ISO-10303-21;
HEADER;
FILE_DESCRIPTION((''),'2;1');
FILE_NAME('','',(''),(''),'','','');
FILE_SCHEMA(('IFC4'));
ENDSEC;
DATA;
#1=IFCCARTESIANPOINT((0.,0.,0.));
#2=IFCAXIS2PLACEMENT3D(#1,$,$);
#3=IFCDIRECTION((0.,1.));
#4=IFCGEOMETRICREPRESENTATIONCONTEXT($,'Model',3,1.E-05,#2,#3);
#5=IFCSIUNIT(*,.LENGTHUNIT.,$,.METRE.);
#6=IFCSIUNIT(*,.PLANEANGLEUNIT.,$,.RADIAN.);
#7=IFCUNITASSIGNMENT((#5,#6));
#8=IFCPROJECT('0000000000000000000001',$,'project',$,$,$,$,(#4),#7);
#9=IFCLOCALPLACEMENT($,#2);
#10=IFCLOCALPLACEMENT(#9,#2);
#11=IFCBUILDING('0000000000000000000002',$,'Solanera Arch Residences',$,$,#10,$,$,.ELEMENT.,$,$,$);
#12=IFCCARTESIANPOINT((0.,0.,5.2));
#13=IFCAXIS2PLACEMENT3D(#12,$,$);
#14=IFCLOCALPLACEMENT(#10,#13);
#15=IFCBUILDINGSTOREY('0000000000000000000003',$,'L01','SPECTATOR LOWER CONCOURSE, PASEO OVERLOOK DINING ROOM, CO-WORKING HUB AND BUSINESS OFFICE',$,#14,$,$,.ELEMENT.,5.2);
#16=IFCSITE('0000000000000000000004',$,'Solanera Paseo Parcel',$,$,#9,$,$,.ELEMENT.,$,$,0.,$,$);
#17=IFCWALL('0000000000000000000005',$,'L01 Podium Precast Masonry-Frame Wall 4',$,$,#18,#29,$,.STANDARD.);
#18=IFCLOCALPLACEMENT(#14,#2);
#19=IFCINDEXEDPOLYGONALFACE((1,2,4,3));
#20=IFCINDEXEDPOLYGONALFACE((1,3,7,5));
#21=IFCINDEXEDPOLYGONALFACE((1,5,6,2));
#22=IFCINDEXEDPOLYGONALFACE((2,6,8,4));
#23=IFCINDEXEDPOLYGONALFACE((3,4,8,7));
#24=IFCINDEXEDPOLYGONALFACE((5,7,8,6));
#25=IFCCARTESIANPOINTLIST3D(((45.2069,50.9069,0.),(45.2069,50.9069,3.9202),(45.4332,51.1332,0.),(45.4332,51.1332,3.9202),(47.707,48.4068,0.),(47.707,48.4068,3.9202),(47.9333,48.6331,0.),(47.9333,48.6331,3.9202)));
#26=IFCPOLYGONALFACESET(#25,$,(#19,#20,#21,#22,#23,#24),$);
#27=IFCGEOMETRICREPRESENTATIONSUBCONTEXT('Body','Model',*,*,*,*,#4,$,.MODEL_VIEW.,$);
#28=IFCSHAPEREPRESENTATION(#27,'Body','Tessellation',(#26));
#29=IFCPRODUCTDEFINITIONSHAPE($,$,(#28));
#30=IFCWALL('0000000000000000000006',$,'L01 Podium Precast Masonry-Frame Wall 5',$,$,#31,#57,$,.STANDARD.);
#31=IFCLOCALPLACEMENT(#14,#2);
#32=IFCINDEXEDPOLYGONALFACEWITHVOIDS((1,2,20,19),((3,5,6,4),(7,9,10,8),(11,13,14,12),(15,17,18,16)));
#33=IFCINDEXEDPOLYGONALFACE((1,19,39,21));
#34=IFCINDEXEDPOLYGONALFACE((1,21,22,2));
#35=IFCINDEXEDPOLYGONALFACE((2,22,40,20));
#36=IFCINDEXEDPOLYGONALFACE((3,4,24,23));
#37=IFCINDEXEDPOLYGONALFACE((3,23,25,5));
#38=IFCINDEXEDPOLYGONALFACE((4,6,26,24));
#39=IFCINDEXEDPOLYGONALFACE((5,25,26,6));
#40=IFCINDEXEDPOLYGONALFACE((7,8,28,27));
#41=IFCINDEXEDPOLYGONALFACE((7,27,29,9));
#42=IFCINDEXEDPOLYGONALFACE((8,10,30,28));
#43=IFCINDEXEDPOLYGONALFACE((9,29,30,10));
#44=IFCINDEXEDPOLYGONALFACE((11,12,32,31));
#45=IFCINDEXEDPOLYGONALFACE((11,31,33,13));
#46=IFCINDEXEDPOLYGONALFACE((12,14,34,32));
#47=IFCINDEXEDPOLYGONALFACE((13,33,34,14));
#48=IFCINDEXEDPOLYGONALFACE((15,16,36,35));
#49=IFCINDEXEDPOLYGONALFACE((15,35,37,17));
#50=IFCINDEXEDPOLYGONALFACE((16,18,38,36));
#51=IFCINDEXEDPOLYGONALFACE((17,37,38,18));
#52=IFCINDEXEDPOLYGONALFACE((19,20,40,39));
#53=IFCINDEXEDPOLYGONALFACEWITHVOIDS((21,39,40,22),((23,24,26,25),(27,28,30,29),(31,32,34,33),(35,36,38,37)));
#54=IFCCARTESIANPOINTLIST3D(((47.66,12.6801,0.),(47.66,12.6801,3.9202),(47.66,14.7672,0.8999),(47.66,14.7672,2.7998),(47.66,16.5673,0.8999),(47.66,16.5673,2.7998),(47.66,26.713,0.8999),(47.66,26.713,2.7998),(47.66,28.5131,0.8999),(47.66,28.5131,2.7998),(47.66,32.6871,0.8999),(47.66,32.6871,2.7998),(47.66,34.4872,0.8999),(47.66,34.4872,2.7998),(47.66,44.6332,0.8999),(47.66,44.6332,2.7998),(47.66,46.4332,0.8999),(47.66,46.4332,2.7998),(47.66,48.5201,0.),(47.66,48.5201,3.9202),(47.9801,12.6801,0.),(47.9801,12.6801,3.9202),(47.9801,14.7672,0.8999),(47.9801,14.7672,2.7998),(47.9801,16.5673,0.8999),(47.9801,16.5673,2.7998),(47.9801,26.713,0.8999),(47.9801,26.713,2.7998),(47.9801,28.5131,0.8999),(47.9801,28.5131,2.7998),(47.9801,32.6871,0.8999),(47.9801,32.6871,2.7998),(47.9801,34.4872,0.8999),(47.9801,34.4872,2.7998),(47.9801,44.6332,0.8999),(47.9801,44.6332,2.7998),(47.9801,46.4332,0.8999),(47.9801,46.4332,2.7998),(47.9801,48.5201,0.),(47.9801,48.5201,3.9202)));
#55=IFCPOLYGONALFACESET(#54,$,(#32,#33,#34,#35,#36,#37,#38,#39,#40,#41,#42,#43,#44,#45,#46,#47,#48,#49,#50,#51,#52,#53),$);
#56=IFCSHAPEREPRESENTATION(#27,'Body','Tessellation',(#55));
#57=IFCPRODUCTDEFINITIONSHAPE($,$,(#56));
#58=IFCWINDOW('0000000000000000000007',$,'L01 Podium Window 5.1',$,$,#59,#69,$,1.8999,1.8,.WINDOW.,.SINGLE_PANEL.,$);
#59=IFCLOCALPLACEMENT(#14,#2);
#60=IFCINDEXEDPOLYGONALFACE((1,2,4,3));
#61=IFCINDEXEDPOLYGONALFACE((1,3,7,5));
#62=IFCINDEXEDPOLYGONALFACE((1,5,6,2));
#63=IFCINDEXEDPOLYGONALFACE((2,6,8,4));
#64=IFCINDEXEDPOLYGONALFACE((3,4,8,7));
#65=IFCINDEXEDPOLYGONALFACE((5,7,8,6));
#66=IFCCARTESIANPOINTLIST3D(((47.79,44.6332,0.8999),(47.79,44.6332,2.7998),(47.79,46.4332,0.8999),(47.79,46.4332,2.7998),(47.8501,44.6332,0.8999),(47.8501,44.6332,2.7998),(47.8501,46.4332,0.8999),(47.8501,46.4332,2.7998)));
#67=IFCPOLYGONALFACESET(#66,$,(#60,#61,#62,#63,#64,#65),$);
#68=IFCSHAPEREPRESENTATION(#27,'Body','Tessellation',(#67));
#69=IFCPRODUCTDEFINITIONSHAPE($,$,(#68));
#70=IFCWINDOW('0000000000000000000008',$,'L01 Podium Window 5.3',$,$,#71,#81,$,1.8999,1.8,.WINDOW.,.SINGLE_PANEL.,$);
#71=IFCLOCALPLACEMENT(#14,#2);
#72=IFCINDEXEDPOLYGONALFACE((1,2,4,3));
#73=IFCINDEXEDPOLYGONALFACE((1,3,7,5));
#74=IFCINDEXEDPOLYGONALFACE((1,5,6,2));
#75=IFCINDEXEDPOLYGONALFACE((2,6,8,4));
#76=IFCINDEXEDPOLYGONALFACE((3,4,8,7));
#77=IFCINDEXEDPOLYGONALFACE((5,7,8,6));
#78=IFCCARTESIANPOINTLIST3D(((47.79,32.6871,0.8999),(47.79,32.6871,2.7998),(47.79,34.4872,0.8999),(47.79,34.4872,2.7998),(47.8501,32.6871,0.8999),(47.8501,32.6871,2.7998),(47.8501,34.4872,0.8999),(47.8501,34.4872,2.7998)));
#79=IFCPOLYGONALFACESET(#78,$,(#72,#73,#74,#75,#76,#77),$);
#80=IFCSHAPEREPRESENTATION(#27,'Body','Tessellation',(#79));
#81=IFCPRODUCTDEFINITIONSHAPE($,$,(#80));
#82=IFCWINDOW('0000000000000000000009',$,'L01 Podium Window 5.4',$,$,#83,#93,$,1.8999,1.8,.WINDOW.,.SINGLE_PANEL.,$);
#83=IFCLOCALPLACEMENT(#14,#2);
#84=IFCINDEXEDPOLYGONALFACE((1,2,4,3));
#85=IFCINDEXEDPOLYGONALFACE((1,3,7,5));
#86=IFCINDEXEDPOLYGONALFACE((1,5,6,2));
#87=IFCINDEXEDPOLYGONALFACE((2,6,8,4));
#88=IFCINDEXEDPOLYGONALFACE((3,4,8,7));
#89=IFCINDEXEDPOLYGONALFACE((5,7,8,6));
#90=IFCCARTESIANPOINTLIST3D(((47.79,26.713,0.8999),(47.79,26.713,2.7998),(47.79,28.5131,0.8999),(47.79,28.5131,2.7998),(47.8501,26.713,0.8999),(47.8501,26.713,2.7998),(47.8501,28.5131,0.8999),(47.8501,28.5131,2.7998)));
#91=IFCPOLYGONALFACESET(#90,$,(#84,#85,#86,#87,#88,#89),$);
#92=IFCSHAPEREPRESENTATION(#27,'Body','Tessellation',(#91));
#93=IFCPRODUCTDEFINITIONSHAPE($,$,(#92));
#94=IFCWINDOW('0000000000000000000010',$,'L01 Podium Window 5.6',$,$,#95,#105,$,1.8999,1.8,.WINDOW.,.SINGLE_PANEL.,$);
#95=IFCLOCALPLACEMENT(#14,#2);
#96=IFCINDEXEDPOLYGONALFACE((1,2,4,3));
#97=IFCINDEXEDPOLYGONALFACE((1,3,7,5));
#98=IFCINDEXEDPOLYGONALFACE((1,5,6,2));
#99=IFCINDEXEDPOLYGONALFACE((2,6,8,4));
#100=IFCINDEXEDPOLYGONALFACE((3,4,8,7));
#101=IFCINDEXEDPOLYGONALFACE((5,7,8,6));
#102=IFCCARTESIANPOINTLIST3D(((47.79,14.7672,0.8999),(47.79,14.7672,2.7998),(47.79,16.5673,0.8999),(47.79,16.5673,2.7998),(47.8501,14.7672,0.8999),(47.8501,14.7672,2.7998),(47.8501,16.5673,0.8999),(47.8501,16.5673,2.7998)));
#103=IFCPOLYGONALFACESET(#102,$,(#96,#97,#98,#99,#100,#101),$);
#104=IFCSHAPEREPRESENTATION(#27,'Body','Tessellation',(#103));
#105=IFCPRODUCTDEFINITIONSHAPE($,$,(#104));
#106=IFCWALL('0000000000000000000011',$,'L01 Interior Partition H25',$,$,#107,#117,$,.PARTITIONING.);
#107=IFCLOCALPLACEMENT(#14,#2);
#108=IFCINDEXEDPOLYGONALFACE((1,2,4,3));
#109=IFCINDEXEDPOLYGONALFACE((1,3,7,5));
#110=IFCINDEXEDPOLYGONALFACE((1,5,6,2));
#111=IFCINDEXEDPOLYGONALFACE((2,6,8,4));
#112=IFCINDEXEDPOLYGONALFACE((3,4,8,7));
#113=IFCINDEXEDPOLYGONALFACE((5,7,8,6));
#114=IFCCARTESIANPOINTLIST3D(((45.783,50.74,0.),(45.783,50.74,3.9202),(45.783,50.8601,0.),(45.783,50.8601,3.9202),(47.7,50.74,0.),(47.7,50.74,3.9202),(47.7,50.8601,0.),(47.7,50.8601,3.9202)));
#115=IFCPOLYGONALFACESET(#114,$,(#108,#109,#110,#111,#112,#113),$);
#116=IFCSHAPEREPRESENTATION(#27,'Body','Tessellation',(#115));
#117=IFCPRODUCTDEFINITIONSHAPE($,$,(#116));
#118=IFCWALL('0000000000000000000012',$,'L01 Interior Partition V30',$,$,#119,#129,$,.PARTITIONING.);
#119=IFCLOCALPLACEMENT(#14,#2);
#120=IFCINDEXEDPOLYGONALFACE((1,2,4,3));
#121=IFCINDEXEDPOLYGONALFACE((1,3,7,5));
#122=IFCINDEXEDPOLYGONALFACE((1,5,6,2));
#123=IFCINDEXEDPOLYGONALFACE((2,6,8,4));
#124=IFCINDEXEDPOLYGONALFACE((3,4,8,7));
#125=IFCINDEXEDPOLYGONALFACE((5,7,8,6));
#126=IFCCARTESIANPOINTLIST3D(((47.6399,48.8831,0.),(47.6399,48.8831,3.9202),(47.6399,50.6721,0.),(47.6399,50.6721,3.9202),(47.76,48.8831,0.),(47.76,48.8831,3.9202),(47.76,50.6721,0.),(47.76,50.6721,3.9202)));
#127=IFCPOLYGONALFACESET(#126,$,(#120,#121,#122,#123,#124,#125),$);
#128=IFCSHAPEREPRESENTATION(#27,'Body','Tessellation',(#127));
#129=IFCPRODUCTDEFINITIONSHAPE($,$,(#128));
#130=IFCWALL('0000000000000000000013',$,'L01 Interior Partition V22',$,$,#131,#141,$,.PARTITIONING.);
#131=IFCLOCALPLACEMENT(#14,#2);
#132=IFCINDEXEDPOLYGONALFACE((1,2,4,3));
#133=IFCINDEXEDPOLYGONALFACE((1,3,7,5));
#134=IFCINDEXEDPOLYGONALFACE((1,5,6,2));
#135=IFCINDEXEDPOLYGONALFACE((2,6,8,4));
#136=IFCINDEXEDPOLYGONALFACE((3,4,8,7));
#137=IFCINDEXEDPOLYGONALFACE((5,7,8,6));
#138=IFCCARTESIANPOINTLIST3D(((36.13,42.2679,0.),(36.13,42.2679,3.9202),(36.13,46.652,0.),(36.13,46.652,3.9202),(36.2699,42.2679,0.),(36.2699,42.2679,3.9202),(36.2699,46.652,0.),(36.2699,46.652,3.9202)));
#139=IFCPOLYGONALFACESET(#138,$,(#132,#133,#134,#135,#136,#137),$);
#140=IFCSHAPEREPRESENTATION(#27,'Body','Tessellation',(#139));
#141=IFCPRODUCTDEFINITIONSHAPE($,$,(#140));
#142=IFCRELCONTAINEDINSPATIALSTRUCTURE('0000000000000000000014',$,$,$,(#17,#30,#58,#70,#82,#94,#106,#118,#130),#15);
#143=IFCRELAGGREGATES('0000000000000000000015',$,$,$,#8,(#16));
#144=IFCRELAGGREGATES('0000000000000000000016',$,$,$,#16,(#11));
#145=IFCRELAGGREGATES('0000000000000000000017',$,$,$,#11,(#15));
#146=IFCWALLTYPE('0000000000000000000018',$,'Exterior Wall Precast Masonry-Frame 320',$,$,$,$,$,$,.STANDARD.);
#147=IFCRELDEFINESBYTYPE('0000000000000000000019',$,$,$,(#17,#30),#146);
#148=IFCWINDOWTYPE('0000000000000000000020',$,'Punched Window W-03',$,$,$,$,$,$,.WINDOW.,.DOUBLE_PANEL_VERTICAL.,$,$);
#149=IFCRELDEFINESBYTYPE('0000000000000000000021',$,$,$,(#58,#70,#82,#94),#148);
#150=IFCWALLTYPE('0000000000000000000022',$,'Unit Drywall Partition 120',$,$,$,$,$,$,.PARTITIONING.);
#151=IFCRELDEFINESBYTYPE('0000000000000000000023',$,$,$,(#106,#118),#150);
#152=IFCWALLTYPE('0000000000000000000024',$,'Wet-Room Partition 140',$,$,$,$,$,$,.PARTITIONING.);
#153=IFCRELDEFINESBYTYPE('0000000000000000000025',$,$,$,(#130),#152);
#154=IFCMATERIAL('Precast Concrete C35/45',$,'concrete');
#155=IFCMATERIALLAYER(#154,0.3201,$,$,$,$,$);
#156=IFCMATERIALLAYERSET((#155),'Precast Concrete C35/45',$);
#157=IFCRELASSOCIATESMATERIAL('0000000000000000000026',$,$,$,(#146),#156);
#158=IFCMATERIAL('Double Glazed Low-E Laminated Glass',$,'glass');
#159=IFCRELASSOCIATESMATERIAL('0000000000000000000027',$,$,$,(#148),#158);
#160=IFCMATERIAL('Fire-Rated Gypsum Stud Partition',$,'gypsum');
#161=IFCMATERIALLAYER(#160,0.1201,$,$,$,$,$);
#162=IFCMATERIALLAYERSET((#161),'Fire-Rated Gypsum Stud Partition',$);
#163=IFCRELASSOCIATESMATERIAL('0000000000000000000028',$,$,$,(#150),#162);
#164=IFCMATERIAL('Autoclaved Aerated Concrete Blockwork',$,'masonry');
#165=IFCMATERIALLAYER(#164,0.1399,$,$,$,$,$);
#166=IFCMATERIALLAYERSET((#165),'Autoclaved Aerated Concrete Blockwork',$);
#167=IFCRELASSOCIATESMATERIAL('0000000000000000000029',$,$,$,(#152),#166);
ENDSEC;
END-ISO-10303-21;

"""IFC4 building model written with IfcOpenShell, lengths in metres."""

from ifc_helpers import new_model, si_unit, direction, frame, frame_2d, origin, place, context, subcontext, project, spatial, rectangle, extrude, material, layer, layer_set, type_object, element, fill, save


model = new_model("IFC4")

# Units and contexts
model_context = context("Model", 3, precision=1e-05, world=origin(), true_north=direction((0.0, 1.0)))
body_context = subcontext(model_context, "Body", "Model", "MODEL_VIEW")
ifc_project = project(units=[si_unit("LENGTHUNIT", "METRE"), si_unit("PLANEANGLEUNIT", "RADIAN")], contexts=[model_context])

# Site, building, storey
site_placement = place(None, origin())
site = spatial("IfcSite", under=ifc_project, at=site_placement, Name="Solanera Paseo Parcel", CompositionType="ELEMENT", RefElevation=0.0)
building_placement = place(site_placement, origin())
building = spatial("IfcBuilding", under=site, at=building_placement, Name="Solanera Arch Residences", CompositionType="ELEMENT")
storey_placement = place(building_placement, frame((0.0, 0.0, 5.2)))
storey = spatial("IfcBuildingStorey", under=building, at=storey_placement, Name="L01", Description="SPECTATOR LOWER CONCOURSE, PASEO OVERLOOK DINING ROOM, CO-WORKING HUB AND BUSINESS OFFICE", CompositionType="ELEMENT", Elevation=5.2)

# Wall
ifc_material_1 = material(Name="Precast Concrete C35/45", Category="concrete")
ifc_layer_1 = layer(ifc_material_1, 0.3201)
ifc_layer_set_1 = layer_set([ifc_layer_1], Name="Precast Concrete C35/45")
wall_type_1 = type_object("IfcWallType", Name="Exterior Wall Precast Masonry-Frame 320", PredefinedType="STANDARD", material=ifc_layer_set_1)
wall_1_placement = place(storey_placement, frame((45.3201, 51.02, 0.0), z_axis=(0.0, 0.0, 1.0), x_axis=(0.707107, -0.707107, 0.0)))
element("IfcWall", 1, at=wall_1_placement, inside=storey, type_object=wall_type_1, Name="L01 Podium Precast Masonry-Frame Wall 4", PredefinedType="STANDARD", context=body_context, shape_type="SweptSolid", body=[
    extrude(rectangle(XDim=3.5356, YDim=0.3201, at=frame_2d((1.7678, 0.0))), origin(), (0.0, 0.0, 1.0), 3.9202),
])

# Wall, openings, windows
wall_2_placement = place(storey_placement, frame((47.8201, 48.52, 0.0), z_axis=(0.0, 0.0, 1.0), x_axis=(0.0, -1.0, 0.0)))
wall_2 = element("IfcWall", 2, at=wall_2_placement, inside=storey, type_object=wall_type_1, Name="L01 Podium Precast Masonry-Frame Wall 5", PredefinedType="STANDARD", context=body_context, shape_type="SweptSolid", body=[
    extrude(rectangle(XDim=35.8401, YDim=0.3201, at=frame_2d((17.9199, 0.0))), origin(), (0.0, 0.0, 1.0), 3.9202),
])
opening_1_placement = place(wall_2_placement, frame((2.0869, 0.0, 0.8999)))
opening_1 = element("IfcOpeningElement", 3, at=opening_1_placement, cuts=wall_2, PredefinedType="OPENING", context=body_context, shape_type="SweptSolid", body=[
    extrude(rectangle(XDim=1.8, YDim=1.8999, at=frame_2d((0.8999, 0.95))), frame((0.0, 0.1699, 0.0), z_axis=(0.0, -1.0, 0.0), x_axis=(1.0, 0.0, 0.0)), (0.0, 0.0, 1.0), 0.3401),
])
opening_2_placement = place(wall_2_placement, frame((14.033, 0.0, 0.8999)))
opening_2 = element("IfcOpeningElement", 4, at=opening_2_placement, cuts=wall_2, PredefinedType="OPENING", context=body_context, shape_type="SweptSolid", body=[
    extrude(rectangle(XDim=1.8, YDim=1.8999, at=frame_2d((0.8999, 0.95))), frame((0.0, 0.1699, 0.0), z_axis=(0.0, -1.0, 0.0), x_axis=(1.0, 0.0, 0.0)), (0.0, 0.0, 1.0), 0.3401),
])
opening_3_placement = place(wall_2_placement, frame((20.0071, 0.0, 0.8999)))
opening_3 = element("IfcOpeningElement", 5, at=opening_3_placement, cuts=wall_2, PredefinedType="OPENING", context=body_context, shape_type="SweptSolid", body=[
    extrude(rectangle(XDim=1.8, YDim=1.8999, at=frame_2d((0.8999, 0.95))), frame((0.0, 0.1699, 0.0), z_axis=(0.0, -1.0, 0.0), x_axis=(1.0, 0.0, 0.0)), (0.0, 0.0, 1.0), 0.3401),
])
opening_4_placement = place(wall_2_placement, frame((31.9529, 0.0, 0.8999)))
opening_4 = element("IfcOpeningElement", 6, at=opening_4_placement, cuts=wall_2, PredefinedType="OPENING", context=body_context, shape_type="SweptSolid", body=[
    extrude(rectangle(XDim=1.8, YDim=1.8999, at=frame_2d((0.8999, 0.95))), frame((0.0, 0.1699, 0.0), z_axis=(0.0, -1.0, 0.0), x_axis=(1.0, 0.0, 0.0)), (0.0, 0.0, 1.0), 0.3401),
])
ifc_material_2 = material(Name="Double Glazed Low-E Laminated Glass", Category="glass")
window_type = type_object("IfcWindowType", Name="Punched Window W-03", PartitioningType="DOUBLE_PANEL_VERTICAL", PredefinedType="WINDOW", material=ifc_material_2)
window_1_placement = place(opening_1_placement, origin())
window_1 = element("IfcWindow", 7, at=window_1_placement, inside=storey, type_object=window_type, Name="L01 Podium Window 5.1", OverallHeight=1.8999, OverallWidth=1.8, PartitioningType="SINGLE_PANEL", PredefinedType="WINDOW", context=body_context, shape_type="SweptSolid", body=[
    extrude(rectangle(XDim=1.8, YDim=1.8999, at=frame_2d((0.8999, 0.95))), frame((0.0, 0.03, 0.0), z_axis=(0.0, -1.0, 0.0), x_axis=(1.0, 0.0, 0.0)), (0.0, 0.0, 1.0), 0.0601),
])
fill(opening_1, window_1)
window_2_placement = place(opening_2_placement, origin())
window_2 = element("IfcWindow", 8, at=window_2_placement, inside=storey, type_object=window_type, Name="L01 Podium Window 5.3", OverallHeight=1.8999, OverallWidth=1.8, PartitioningType="SINGLE_PANEL", PredefinedType="WINDOW", context=body_context, shape_type="SweptSolid", body=[
    extrude(rectangle(XDim=1.8, YDim=1.8999, at=frame_2d((0.8999, 0.95))), frame((0.0, 0.03, 0.0), z_axis=(0.0, -1.0, 0.0), x_axis=(1.0, 0.0, 0.0)), (0.0, 0.0, 1.0), 0.0601),
])
fill(opening_2, window_2)
window_3_placement = place(opening_3_placement, origin())
window_3 = element("IfcWindow", 9, at=window_3_placement, inside=storey, type_object=window_type, Name="L01 Podium Window 5.4", OverallHeight=1.8999, OverallWidth=1.8, PartitioningType="SINGLE_PANEL", PredefinedType="WINDOW", context=body_context, shape_type="SweptSolid", body=[
    extrude(rectangle(XDim=1.8, YDim=1.8999, at=frame_2d((0.8999, 0.95))), frame((0.0, 0.03, 0.0), z_axis=(0.0, -1.0, 0.0), x_axis=(1.0, 0.0, 0.0)), (0.0, 0.0, 1.0), 0.0601),
])
fill(opening_3, window_3)
window_4_placement = place(opening_4_placement, origin())
window_4 = element("IfcWindow", 10, at=window_4_placement, inside=storey, type_object=window_type, Name="L01 Podium Window 5.6", OverallHeight=1.8999, OverallWidth=1.8, PartitioningType="SINGLE_PANEL", PredefinedType="WINDOW", context=body_context, shape_type="SweptSolid", body=[
    extrude(rectangle(XDim=1.8, YDim=1.8999, at=frame_2d((0.8999, 0.95))), frame((0.0, 0.03, 0.0), z_axis=(0.0, -1.0, 0.0), x_axis=(1.0, 0.0, 0.0)), (0.0, 0.0, 1.0), 0.0601),
])
fill(opening_4, window_4)

# Walls
ifc_material_3 = material(Name="Fire-Rated Gypsum Stud Partition", Category="gypsum")
ifc_layer_2 = layer(ifc_material_3, 0.1201)
ifc_layer_set_2 = layer_set([ifc_layer_2], Name="Fire-Rated Gypsum Stud Partition")
wall_type_2 = type_object("IfcWallType", Name="Unit Drywall Partition 120", PredefinedType="PARTITIONING", material=ifc_layer_set_2)
wall_3_placement = place(storey_placement, frame((45.783, 50.8, 0.0), z_axis=(0.0, 0.0, 1.0), x_axis=(1.0, 0.0, 0.0)))
element("IfcWall", 11, at=wall_3_placement, inside=storey, type_object=wall_type_2, Name="L01 Interior Partition H25", PredefinedType="PARTITIONING", context=body_context, shape_type="SweptSolid", body=[
    extrude(rectangle(XDim=1.917, YDim=0.1201, at=frame_2d((0.9585, 0.0))), origin(), (0.0, 0.0, 1.0), 3.9202),
])
wall_4_placement = place(storey_placement, frame((47.7, 48.8831, 0.0), z_axis=(0.0, 0.0, 1.0), x_axis=(0.0, 1.0, 0.0)))
element("IfcWall", 12, at=wall_4_placement, inside=storey, type_object=wall_type_2, Name="L01 Interior Partition V30", PredefinedType="PARTITIONING", context=body_context, shape_type="SweptSolid", body=[
    extrude(rectangle(XDim=1.7891, YDim=0.1201, at=frame_2d((0.8945, 0.0))), origin(), (0.0, 0.0, 1.0), 3.9202),
])
ifc_material_4 = material(Name="Autoclaved Aerated Concrete Blockwork", Category="masonry")
ifc_layer_3 = layer(ifc_material_4, 0.1399)
ifc_layer_set_3 = layer_set([ifc_layer_3], Name="Autoclaved Aerated Concrete Blockwork")
wall_type_3 = type_object("IfcWallType", Name="Wet-Room Partition 140", PredefinedType="PARTITIONING", material=ifc_layer_set_3)
wall_5_placement = place(storey_placement, frame((36.2, 42.2681, 0.0), z_axis=(0.0, 0.0, 1.0), x_axis=(0.0, 1.0, 0.0)))
element("IfcWall", 13, at=wall_5_placement, inside=storey, type_object=wall_type_3, Name="L01 Interior Partition V22", PredefinedType="PARTITIONING", context=body_context, shape_type="SweptSolid", body=[
    extrude(rectangle(XDim=4.384, YDim=0.1399, at=frame_2d((2.1919, 0.0))), origin(), (0.0, 0.0, 1.0), 3.9202),
])

save(model, "model.ifc")
